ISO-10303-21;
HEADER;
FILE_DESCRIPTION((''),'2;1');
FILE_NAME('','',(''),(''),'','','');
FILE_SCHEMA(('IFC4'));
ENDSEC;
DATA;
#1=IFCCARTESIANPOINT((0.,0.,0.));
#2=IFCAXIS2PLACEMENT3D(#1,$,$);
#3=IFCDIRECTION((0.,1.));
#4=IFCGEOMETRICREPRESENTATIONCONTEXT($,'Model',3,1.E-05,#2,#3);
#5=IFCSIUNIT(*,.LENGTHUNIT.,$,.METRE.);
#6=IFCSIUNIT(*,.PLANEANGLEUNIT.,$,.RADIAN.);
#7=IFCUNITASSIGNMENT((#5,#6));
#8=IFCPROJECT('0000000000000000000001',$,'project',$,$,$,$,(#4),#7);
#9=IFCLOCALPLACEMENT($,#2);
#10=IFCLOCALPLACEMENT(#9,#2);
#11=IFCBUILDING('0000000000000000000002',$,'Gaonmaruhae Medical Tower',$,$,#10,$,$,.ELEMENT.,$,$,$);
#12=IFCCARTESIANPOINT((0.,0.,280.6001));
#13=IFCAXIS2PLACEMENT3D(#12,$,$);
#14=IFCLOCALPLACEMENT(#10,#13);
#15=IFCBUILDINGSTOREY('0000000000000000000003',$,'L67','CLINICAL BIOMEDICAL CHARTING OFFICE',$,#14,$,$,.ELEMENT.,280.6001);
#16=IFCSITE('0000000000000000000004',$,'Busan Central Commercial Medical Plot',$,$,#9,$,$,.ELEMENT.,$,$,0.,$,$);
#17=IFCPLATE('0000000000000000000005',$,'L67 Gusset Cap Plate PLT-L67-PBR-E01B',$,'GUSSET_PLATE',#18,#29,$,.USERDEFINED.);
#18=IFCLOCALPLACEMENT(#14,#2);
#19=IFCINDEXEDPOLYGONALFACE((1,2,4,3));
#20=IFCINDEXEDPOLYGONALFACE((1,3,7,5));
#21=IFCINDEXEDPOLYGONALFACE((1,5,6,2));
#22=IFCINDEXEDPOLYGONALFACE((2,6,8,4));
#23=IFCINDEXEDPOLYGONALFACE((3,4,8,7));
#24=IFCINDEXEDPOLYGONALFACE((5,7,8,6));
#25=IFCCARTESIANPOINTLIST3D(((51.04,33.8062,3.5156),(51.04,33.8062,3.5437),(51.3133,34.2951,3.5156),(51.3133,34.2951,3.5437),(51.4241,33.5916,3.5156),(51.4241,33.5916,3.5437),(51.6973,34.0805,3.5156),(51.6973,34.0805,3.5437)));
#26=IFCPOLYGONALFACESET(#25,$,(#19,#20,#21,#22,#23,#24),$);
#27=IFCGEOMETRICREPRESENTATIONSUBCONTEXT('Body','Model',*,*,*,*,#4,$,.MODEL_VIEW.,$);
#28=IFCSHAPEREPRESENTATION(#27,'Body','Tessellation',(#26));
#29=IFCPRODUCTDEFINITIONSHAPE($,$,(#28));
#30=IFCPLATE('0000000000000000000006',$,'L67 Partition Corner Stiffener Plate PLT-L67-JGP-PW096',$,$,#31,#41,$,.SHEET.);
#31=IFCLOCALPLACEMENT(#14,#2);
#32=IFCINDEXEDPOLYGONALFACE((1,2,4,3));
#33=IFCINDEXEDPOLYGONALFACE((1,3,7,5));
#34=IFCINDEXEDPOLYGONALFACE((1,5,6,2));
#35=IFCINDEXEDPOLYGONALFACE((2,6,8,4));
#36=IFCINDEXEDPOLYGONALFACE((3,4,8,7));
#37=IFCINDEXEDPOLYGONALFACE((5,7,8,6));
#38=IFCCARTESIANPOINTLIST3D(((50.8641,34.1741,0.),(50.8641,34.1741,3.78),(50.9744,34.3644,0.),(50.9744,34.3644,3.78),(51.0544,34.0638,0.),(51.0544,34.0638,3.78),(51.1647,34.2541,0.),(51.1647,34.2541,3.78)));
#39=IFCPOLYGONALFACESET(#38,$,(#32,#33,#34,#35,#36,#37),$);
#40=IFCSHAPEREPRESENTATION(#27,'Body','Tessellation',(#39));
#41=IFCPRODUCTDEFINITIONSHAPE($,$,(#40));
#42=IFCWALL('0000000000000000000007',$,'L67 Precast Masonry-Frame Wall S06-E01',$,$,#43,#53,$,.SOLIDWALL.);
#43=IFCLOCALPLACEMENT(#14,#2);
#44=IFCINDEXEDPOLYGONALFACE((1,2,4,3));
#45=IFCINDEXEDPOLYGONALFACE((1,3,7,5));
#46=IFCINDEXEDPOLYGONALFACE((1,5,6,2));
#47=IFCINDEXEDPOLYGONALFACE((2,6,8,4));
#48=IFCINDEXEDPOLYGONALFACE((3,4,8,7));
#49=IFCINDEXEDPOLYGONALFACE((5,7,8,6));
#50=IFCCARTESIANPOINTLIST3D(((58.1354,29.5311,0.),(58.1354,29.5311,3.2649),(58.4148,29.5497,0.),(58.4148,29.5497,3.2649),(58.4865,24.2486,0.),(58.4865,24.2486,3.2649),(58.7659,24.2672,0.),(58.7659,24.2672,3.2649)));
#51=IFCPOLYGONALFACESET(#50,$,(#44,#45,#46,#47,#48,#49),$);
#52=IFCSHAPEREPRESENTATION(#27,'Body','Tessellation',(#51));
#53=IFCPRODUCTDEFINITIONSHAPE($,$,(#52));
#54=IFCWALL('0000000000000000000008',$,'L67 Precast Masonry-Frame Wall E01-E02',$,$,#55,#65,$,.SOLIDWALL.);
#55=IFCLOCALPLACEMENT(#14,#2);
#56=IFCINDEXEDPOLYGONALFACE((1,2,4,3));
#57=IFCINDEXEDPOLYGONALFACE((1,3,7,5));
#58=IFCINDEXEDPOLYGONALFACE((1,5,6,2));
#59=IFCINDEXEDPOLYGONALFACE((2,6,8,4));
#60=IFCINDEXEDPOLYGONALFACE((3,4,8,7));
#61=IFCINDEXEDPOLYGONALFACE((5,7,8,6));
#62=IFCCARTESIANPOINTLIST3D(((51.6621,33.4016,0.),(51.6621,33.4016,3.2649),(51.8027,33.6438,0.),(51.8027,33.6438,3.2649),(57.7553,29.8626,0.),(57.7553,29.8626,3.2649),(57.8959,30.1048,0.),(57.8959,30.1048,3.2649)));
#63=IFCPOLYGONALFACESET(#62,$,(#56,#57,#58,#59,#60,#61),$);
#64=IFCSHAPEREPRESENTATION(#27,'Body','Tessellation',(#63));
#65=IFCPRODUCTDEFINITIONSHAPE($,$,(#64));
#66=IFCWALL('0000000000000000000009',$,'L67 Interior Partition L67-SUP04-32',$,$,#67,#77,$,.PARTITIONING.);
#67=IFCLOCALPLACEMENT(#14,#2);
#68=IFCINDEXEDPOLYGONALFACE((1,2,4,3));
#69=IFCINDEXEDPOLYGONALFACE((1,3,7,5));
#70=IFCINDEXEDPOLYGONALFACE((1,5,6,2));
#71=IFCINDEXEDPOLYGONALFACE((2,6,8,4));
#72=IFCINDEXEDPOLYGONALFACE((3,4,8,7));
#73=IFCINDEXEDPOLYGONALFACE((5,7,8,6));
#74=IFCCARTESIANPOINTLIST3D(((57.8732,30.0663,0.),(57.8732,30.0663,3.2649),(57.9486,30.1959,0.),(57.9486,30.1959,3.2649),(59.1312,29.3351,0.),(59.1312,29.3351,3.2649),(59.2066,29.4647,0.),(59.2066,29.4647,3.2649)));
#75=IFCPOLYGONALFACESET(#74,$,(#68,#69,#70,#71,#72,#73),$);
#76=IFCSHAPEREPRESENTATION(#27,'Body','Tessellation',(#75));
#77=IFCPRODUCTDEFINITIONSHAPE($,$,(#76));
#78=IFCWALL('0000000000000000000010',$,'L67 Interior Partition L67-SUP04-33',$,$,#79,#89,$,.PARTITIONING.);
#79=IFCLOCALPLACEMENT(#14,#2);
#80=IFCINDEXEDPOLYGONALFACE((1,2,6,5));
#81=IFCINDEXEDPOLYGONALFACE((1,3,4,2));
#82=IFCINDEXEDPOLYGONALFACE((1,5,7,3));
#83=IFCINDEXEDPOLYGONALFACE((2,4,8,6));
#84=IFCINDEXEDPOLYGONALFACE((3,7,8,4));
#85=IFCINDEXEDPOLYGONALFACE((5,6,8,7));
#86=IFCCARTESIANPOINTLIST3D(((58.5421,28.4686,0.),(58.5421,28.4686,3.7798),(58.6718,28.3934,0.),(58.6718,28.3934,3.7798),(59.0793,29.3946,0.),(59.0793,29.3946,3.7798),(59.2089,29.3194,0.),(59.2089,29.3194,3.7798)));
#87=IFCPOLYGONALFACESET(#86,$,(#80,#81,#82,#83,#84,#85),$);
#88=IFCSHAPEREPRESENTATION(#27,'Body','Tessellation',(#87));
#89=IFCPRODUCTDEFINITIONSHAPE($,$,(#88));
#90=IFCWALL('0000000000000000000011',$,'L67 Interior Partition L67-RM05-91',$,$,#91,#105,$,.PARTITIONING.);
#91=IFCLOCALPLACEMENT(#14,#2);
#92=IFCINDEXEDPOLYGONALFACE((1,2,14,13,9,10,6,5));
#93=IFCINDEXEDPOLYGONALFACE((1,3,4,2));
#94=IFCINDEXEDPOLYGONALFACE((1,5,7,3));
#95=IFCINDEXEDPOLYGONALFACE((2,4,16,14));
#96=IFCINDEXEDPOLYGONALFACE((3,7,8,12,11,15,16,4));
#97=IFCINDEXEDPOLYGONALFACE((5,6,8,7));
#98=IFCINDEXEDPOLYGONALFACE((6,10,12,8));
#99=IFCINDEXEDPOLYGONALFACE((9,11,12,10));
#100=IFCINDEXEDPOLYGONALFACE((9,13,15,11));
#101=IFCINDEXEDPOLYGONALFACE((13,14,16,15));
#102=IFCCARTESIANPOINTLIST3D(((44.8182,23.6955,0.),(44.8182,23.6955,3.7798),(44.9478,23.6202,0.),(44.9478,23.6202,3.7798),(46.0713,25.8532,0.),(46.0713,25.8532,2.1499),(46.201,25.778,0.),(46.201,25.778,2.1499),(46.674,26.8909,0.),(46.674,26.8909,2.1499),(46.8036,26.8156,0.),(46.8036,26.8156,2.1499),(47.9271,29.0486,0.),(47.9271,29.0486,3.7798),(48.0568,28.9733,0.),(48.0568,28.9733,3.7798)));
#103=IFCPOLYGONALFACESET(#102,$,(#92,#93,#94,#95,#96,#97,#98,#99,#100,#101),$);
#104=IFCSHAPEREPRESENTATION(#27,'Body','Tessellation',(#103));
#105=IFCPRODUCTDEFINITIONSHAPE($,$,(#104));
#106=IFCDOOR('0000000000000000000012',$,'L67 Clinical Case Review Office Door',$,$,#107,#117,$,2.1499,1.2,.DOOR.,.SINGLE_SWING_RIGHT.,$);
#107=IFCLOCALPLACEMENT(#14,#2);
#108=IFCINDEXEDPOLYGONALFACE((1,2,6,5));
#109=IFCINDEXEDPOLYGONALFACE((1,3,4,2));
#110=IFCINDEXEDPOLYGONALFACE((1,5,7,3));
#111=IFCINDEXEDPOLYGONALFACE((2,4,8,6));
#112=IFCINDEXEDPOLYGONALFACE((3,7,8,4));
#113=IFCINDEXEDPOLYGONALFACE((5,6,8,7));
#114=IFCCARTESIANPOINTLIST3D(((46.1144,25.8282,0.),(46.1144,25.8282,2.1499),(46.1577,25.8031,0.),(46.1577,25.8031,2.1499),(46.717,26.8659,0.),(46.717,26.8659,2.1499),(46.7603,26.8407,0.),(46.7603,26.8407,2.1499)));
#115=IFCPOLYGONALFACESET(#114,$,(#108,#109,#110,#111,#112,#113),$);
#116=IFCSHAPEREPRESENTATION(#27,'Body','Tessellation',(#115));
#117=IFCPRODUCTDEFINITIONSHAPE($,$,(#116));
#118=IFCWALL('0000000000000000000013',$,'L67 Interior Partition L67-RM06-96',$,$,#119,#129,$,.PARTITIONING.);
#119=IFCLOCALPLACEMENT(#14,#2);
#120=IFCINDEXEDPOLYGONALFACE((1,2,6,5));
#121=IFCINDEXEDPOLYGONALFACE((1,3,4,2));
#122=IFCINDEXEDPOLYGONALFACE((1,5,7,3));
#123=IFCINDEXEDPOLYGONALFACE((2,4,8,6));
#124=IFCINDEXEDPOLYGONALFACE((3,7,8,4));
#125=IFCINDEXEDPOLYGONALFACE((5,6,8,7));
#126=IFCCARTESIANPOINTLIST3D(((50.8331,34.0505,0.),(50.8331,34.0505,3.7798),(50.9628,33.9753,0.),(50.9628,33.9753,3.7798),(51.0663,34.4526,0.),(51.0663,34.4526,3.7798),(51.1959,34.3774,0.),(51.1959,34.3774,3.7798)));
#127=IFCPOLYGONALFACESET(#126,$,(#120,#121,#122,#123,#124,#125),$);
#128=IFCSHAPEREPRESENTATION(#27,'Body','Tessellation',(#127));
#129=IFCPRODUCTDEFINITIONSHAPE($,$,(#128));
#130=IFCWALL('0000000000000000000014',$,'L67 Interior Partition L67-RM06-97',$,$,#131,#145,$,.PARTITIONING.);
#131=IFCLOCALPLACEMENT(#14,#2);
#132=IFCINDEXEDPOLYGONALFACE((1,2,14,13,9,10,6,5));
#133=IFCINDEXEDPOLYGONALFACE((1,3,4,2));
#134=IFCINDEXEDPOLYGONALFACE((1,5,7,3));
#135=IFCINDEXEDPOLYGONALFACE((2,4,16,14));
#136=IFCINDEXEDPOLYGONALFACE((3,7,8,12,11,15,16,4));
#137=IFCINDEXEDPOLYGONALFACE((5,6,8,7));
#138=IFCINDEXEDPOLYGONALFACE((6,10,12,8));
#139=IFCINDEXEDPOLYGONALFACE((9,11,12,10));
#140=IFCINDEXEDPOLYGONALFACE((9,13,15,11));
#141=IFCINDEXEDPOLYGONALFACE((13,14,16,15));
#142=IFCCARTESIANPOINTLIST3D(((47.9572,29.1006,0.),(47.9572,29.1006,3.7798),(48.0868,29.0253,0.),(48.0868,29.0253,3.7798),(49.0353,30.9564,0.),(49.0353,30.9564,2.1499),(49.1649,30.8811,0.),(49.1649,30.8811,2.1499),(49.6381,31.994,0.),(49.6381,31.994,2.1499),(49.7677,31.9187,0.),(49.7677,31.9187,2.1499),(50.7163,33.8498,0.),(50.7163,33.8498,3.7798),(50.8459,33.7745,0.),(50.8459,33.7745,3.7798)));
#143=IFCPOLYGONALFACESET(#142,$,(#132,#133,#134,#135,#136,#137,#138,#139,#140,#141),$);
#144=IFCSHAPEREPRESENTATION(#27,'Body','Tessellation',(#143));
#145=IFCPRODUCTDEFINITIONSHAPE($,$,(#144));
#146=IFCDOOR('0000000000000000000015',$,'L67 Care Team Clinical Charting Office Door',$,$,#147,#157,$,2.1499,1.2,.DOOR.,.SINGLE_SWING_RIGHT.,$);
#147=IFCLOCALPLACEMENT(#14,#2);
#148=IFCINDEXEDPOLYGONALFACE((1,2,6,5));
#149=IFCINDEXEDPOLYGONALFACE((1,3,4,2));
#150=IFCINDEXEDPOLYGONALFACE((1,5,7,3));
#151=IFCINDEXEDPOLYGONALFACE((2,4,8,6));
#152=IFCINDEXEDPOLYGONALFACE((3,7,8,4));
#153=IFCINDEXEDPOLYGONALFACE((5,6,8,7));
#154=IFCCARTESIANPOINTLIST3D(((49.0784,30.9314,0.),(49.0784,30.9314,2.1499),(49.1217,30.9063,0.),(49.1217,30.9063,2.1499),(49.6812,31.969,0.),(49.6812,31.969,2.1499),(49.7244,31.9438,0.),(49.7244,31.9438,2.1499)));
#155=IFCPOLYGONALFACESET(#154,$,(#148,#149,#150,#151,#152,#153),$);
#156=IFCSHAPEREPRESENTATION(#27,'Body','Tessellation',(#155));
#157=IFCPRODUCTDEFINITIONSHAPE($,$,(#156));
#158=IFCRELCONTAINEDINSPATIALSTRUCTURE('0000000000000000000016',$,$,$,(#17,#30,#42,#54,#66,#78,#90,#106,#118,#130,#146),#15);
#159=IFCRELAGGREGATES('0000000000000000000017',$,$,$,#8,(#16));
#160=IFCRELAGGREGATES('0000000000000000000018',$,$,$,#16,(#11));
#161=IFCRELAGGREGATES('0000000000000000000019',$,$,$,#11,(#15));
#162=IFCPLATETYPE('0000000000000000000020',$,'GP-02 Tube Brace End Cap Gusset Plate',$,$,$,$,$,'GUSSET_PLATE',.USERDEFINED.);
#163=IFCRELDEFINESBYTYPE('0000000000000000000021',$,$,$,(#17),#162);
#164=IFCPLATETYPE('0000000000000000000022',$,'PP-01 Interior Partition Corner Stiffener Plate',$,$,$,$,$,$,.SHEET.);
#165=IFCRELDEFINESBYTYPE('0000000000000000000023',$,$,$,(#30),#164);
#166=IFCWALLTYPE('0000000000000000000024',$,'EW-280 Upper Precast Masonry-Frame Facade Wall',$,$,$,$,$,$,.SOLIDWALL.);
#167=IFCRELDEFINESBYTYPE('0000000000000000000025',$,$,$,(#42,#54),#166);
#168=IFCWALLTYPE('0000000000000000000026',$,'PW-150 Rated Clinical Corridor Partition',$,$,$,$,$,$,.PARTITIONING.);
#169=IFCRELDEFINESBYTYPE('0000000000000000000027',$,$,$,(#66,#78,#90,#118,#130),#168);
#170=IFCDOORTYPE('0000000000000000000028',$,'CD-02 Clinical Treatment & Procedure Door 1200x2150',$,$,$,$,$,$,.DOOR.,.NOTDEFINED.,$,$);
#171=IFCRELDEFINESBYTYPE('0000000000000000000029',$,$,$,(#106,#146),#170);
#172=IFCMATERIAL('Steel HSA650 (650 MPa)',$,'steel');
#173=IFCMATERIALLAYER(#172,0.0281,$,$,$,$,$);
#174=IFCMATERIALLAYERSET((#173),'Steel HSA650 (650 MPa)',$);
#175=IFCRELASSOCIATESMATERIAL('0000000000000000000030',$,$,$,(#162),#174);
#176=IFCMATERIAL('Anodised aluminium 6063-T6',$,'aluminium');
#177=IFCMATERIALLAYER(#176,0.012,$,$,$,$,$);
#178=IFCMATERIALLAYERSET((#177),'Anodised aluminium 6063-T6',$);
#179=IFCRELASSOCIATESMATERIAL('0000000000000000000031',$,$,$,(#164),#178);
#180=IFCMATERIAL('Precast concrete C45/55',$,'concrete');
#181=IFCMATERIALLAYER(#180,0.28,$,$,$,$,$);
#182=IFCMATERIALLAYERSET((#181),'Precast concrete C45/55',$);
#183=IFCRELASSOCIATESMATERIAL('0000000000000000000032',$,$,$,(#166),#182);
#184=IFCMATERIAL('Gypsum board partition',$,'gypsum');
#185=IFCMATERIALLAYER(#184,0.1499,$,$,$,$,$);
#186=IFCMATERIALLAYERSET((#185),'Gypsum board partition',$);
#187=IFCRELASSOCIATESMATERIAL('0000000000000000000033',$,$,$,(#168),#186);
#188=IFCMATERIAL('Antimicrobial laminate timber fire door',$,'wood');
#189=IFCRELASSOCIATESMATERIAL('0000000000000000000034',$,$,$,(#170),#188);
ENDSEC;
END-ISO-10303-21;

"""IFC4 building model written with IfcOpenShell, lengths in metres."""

from ifc_helpers import new_model, si_unit, direction, frame, frame_2d, origin, origin_2d, place, context, subcontext, project, spatial, rectangle, extrude, material, layer, layer_set, type_object, element, fill, save


model = new_model("IFC4")

# Units and contexts
model_context = context("Model", 3, precision=1e-05, world=origin(), true_north=direction((0.0, 1.0)))
body_context = subcontext(model_context, "Body", "Model", "MODEL_VIEW")
ifc_project = project(units=[si_unit("LENGTHUNIT", "METRE"), si_unit("PLANEANGLEUNIT", "RADIAN")], contexts=[model_context])

# Site, building, storey
site_placement = place(None, origin())
site = spatial("IfcSite", under=ifc_project, at=site_placement, Name="Busan Central Commercial Medical Plot", CompositionType="ELEMENT", RefElevation=0.0)
building_placement = place(site_placement, origin())
building = spatial("IfcBuilding", under=site, at=building_placement, Name="Gaonmaruhae Medical Tower", CompositionType="ELEMENT")
storey_placement = place(building_placement, frame((0.0, 0.0, 280.6001)))
storey = spatial("IfcBuildingStorey", under=building, at=storey_placement, Name="L67", Description="CLINICAL BIOMEDICAL CHARTING OFFICE", CompositionType="ELEMENT", Elevation=280.6001)

# Plates
ifc_material_1 = material(Name="Steel HSA650 (650 MPa)", Category="steel")
ifc_layer_1 = layer(ifc_material_1, 0.0281)
ifc_layer_set_1 = layer_set([ifc_layer_1], Name="Steel HSA650 (650 MPa)")
plate_type_1 = type_object("IfcPlateType", Name="GP-02 Tube Brace End Cap Gusset Plate", ElementType="GUSSET_PLATE", PredefinedType="USERDEFINED", material=ifc_layer_set_1)
for number, where, z_axis, x_axis, name in (
    (1, (51.3687, 33.9434, 3.5156), (0.0, 0.0, 1.0), (0.48786, 0.872922, 0.0), "L67 Gusset Cap Plate PLT-L67-PBR-E01B"),
):
    element("IfcPlate", number, at=place(storey_placement, frame(where, z_axis=z_axis, x_axis=x_axis)), inside=storey, type_object=plate_type_1, Name=name, ObjectType="GUSSET_PLATE", PredefinedType="USERDEFINED", context=body_context, shape_type="SweptSolid", body=[
        extrude(rectangle(XDim=0.5601, YDim=0.4399, at=origin_2d()), origin(), (0.0, 0.0, 1.0), 0.0281),
    ])
ifc_material_2 = material(Name="Anodised aluminium 6063-T6", Category="aluminium")
ifc_layer_2 = layer(ifc_material_2, 0.012)
ifc_layer_set_2 = layer_set([ifc_layer_2], Name="Anodised aluminium 6063-T6")
plate_type_2 = type_object("IfcPlateType", Name="PP-01 Interior Partition Corner Stiffener Plate", PredefinedType="SHEET", material=ifc_layer_set_2)
plate_placement = place(storey_placement, frame((51.0144, 34.2141, 0.0), z_axis=(0.0, 0.0, 1.0), x_axis=(-0.501465, -0.865178, 0.0)))
element("IfcPlate", 2, at=plate_placement, inside=storey, type_object=plate_type_2, Name="L67 Partition Corner Stiffener Plate PLT-L67-JGP-PW096", PredefinedType="SHEET", context=body_context, shape_type="SweptSolid", body=[
    extrude(rectangle(XDim=0.22, YDim=0.22, at=origin_2d()), origin(), (0.0, 0.0, 1.0), 3.78),
])

# Walls
ifc_material_3 = material(Name="Precast concrete C45/55", Category="concrete")
ifc_layer_3 = layer(ifc_material_3, 0.28)
ifc_layer_set_3 = layer_set([ifc_layer_3], Name="Precast concrete C45/55")
wall_type_1 = type_object("IfcWallType", Name="EW-280 Upper Precast Masonry-Frame Facade Wall", PredefinedType="SOLIDWALL", material=ifc_layer_set_3)
wall_1_placement = place(storey_placement, frame((58.2751, 29.5403, 0.0), z_axis=(0.0, 0.0, 1.0), x_axis=(0.066314, -0.997799, 0.0)))
element("IfcWall", 3, at=wall_1_placement, inside=storey, type_object=wall_type_1, Name="L67 Precast Masonry-Frame Wall S06-E01", PredefinedType="SOLIDWALL", context=body_context, shape_type="SweptSolid", body=[
    extrude(rectangle(XDim=5.2942, YDim=0.28, at=frame_2d((2.647, 0.0))), origin(), (0.0, 0.0, 1.0), 3.2649),
])
wall_2_placement = place(storey_placement, frame((51.7324, 33.5227, 0.0), z_axis=(0.0, 0.0, 1.0), x_axis=(0.864725, -0.502246, 0.0)))
element("IfcWall", 4, at=wall_2_placement, inside=storey, type_object=wall_type_1, Name="L67 Precast Masonry-Frame Wall E01-E02", PredefinedType="SOLIDWALL", context=body_context, shape_type="SweptSolid", body=[
    extrude(rectangle(XDim=7.0464, YDim=0.28, at=frame_2d((3.5232, 0.0))), origin(), (0.0, 0.0, 1.0), 3.2649),
])
ifc_material_4 = material(Name="Gypsum board partition", Category="gypsum")
ifc_layer_4 = layer(ifc_material_4, 0.1499)
ifc_layer_set_4 = layer_set([ifc_layer_4], Name="Gypsum board partition")
wall_type_2 = type_object("IfcWallType", Name="PW-150 Rated Clinical Corridor Partition", PredefinedType="PARTITIONING", material=ifc_layer_set_4)
wall_3_placement = place(storey_placement, frame((57.9109, 30.1311, 0.0), z_axis=(0.0, 0.0, 1.0), x_axis=(0.864575, -0.502504, 0.0)))
element("IfcWall", 5, at=wall_3_placement, inside=storey, type_object=wall_type_2, Name="L67 Interior Partition L67-SUP04-32", PredefinedType="PARTITIONING", context=body_context, shape_type="SweptSolid", body=[
    extrude(rectangle(XDim=1.4551, YDim=0.1499, at=frame_2d((0.7275, 0.0))), origin(), (0.0, 0.0, 1.0), 3.2649),
])
wall_4_placement = place(storey_placement, frame((59.144, 29.3569, 0.0), z_axis=(0.0, 0.0, 1.0), x_axis=(-0.501728, -0.865025, 0.0)))
element("IfcWall", 6, at=wall_4_placement, inside=storey, type_object=wall_type_2, Name="L67 Interior Partition L67-SUP04-33", PredefinedType="PARTITIONING", context=body_context, shape_type="SweptSolid", body=[
    extrude(rectangle(XDim=1.0706, YDim=0.1499, at=frame_2d((0.5352, 0.0))), origin(), (0.0, 0.0, 1.0), 3.7798),
])

# Wall, opening, door
wall_5_placement = place(storey_placement, frame((47.9919, 29.011, 0.0), z_axis=(0.0, 0.0, 1.0), x_axis=(-0.502217, -0.864741, 0.0)))
wall_5 = element("IfcWall", 7, at=wall_5_placement, inside=storey, type_object=wall_type_2, Name="L67 Interior Partition L67-RM05-91", PredefinedType="PARTITIONING", context=body_context, shape_type="SweptSolid", body=[
    extrude(rectangle(XDim=6.1904, YDim=0.1499, at=frame_2d((3.0952, 0.0))), origin(), (0.0, 0.0, 1.0), 3.7798),
])
opening_1_placement = place(wall_5_placement, frame((2.4951, 0.0, 0.0)))
opening_1 = element("IfcOpeningElement", 8, at=opening_1_placement, cuts=wall_5, PredefinedType="OPENING", context=body_context, shape_type="SweptSolid", body=[
    extrude(rectangle(XDim=1.2, YDim=2.1499, at=frame_2d((0.6001, 1.075))), frame((0.0, 0.085, 0.0), z_axis=(0.0, -1.0, 0.0), x_axis=(1.0, 0.0, 0.0)), (0.0, 0.0, 1.0), 0.1699),
])
ifc_material_5 = material(Name="Antimicrobial laminate timber fire door", Category="wood")
door_type = type_object("IfcDoorType", Name="CD-02 Clinical Treatment & Procedure Door 1200x2150", OperationType="NOTDEFINED", PredefinedType="DOOR", material=ifc_material_5)
door_1_placement = place(opening_1_placement, origin())
door_1 = element("IfcDoor", 9, at=door_1_placement, inside=storey, type_object=door_type, Name="L67 Clinical Case Review Office Door", OperationType="SINGLE_SWING_RIGHT", OverallHeight=2.1499, OverallWidth=1.2, PredefinedType="DOOR", context=body_context, shape_type="SweptSolid", body=[
    extrude(rectangle(XDim=1.2, YDim=2.1499, at=frame_2d((0.6001, 1.075))), frame((0.0, 0.0249, 0.0), z_axis=(0.0, -1.0, 0.0), x_axis=(1.0, 0.0, 0.0)), (0.0, 0.0, 1.0), 0.05),
])
fill(opening_1, door_1)

# Wall
wall_6_placement = place(storey_placement, frame((51.1311, 34.415, 0.0), z_axis=(0.0, 0.0, 1.0), x_axis=(-0.501616, -0.86509, 0.0)))
element("IfcWall", 10, at=wall_6_placement, inside=storey, type_object=wall_type_2, Name="L67 Interior Partition L67-RM06-96", PredefinedType="PARTITIONING", context=body_context, shape_type="SweptSolid", body=[
    extrude(rectangle(XDim=0.4648, YDim=0.1499, at=frame_2d((0.2324, 0.0))), origin(), (0.0, 0.0, 1.0), 3.7798),
])

# Wall, opening, door
wall_7_placement = place(storey_placement, frame((50.781, 33.812, 0.0), z_axis=(0.0, 0.0, 1.0), x_axis=(-0.502345, -0.864668, 0.0)))
wall_7 = element("IfcWall", 11, at=wall_7_placement, inside=storey, type_object=wall_type_2, Name="L67 Interior Partition L67-RM06-97", PredefinedType="PARTITIONING", context=body_context, shape_type="SweptSolid", body=[
    extrude(rectangle(XDim=5.4924, YDim=0.1499, at=frame_2d((2.7461, 0.0))), origin(), (0.0, 0.0, 1.0), 3.7798),
])
opening_2_placement = place(wall_7_placement, frame((2.146, 0.0, 0.0)))
opening_2 = element("IfcOpeningElement", 12, at=opening_2_placement, cuts=wall_7, PredefinedType="OPENING", context=body_context, shape_type="SweptSolid", body=[
    extrude(rectangle(XDim=1.2, YDim=2.1499, at=frame_2d((0.6001, 1.075))), frame((0.0, 0.085, 0.0), z_axis=(0.0, -1.0, 0.0), x_axis=(1.0, 0.0, 0.0)), (0.0, 0.0, 1.0), 0.1699),
])
door_2_placement = place(opening_2_placement, origin())
door_2 = element("IfcDoor", 13, at=door_2_placement, inside=storey, type_object=door_type, Name="L67 Care Team Clinical Charting Office Door", OperationType="SINGLE_SWING_RIGHT", OverallHeight=2.1499, OverallWidth=1.2, PredefinedType="DOOR", context=body_context, shape_type="SweptSolid", body=[
    extrude(rectangle(XDim=1.2, YDim=2.1499, at=frame_2d((0.6001, 1.075))), frame((0.0, 0.0249, 0.0), z_axis=(0.0, -1.0, 0.0), x_axis=(1.0, 0.0, 0.0)), (0.0, 0.0, 1.0), 0.05),
])
fill(opening_2, door_2)

save(model, "model.ifc")
